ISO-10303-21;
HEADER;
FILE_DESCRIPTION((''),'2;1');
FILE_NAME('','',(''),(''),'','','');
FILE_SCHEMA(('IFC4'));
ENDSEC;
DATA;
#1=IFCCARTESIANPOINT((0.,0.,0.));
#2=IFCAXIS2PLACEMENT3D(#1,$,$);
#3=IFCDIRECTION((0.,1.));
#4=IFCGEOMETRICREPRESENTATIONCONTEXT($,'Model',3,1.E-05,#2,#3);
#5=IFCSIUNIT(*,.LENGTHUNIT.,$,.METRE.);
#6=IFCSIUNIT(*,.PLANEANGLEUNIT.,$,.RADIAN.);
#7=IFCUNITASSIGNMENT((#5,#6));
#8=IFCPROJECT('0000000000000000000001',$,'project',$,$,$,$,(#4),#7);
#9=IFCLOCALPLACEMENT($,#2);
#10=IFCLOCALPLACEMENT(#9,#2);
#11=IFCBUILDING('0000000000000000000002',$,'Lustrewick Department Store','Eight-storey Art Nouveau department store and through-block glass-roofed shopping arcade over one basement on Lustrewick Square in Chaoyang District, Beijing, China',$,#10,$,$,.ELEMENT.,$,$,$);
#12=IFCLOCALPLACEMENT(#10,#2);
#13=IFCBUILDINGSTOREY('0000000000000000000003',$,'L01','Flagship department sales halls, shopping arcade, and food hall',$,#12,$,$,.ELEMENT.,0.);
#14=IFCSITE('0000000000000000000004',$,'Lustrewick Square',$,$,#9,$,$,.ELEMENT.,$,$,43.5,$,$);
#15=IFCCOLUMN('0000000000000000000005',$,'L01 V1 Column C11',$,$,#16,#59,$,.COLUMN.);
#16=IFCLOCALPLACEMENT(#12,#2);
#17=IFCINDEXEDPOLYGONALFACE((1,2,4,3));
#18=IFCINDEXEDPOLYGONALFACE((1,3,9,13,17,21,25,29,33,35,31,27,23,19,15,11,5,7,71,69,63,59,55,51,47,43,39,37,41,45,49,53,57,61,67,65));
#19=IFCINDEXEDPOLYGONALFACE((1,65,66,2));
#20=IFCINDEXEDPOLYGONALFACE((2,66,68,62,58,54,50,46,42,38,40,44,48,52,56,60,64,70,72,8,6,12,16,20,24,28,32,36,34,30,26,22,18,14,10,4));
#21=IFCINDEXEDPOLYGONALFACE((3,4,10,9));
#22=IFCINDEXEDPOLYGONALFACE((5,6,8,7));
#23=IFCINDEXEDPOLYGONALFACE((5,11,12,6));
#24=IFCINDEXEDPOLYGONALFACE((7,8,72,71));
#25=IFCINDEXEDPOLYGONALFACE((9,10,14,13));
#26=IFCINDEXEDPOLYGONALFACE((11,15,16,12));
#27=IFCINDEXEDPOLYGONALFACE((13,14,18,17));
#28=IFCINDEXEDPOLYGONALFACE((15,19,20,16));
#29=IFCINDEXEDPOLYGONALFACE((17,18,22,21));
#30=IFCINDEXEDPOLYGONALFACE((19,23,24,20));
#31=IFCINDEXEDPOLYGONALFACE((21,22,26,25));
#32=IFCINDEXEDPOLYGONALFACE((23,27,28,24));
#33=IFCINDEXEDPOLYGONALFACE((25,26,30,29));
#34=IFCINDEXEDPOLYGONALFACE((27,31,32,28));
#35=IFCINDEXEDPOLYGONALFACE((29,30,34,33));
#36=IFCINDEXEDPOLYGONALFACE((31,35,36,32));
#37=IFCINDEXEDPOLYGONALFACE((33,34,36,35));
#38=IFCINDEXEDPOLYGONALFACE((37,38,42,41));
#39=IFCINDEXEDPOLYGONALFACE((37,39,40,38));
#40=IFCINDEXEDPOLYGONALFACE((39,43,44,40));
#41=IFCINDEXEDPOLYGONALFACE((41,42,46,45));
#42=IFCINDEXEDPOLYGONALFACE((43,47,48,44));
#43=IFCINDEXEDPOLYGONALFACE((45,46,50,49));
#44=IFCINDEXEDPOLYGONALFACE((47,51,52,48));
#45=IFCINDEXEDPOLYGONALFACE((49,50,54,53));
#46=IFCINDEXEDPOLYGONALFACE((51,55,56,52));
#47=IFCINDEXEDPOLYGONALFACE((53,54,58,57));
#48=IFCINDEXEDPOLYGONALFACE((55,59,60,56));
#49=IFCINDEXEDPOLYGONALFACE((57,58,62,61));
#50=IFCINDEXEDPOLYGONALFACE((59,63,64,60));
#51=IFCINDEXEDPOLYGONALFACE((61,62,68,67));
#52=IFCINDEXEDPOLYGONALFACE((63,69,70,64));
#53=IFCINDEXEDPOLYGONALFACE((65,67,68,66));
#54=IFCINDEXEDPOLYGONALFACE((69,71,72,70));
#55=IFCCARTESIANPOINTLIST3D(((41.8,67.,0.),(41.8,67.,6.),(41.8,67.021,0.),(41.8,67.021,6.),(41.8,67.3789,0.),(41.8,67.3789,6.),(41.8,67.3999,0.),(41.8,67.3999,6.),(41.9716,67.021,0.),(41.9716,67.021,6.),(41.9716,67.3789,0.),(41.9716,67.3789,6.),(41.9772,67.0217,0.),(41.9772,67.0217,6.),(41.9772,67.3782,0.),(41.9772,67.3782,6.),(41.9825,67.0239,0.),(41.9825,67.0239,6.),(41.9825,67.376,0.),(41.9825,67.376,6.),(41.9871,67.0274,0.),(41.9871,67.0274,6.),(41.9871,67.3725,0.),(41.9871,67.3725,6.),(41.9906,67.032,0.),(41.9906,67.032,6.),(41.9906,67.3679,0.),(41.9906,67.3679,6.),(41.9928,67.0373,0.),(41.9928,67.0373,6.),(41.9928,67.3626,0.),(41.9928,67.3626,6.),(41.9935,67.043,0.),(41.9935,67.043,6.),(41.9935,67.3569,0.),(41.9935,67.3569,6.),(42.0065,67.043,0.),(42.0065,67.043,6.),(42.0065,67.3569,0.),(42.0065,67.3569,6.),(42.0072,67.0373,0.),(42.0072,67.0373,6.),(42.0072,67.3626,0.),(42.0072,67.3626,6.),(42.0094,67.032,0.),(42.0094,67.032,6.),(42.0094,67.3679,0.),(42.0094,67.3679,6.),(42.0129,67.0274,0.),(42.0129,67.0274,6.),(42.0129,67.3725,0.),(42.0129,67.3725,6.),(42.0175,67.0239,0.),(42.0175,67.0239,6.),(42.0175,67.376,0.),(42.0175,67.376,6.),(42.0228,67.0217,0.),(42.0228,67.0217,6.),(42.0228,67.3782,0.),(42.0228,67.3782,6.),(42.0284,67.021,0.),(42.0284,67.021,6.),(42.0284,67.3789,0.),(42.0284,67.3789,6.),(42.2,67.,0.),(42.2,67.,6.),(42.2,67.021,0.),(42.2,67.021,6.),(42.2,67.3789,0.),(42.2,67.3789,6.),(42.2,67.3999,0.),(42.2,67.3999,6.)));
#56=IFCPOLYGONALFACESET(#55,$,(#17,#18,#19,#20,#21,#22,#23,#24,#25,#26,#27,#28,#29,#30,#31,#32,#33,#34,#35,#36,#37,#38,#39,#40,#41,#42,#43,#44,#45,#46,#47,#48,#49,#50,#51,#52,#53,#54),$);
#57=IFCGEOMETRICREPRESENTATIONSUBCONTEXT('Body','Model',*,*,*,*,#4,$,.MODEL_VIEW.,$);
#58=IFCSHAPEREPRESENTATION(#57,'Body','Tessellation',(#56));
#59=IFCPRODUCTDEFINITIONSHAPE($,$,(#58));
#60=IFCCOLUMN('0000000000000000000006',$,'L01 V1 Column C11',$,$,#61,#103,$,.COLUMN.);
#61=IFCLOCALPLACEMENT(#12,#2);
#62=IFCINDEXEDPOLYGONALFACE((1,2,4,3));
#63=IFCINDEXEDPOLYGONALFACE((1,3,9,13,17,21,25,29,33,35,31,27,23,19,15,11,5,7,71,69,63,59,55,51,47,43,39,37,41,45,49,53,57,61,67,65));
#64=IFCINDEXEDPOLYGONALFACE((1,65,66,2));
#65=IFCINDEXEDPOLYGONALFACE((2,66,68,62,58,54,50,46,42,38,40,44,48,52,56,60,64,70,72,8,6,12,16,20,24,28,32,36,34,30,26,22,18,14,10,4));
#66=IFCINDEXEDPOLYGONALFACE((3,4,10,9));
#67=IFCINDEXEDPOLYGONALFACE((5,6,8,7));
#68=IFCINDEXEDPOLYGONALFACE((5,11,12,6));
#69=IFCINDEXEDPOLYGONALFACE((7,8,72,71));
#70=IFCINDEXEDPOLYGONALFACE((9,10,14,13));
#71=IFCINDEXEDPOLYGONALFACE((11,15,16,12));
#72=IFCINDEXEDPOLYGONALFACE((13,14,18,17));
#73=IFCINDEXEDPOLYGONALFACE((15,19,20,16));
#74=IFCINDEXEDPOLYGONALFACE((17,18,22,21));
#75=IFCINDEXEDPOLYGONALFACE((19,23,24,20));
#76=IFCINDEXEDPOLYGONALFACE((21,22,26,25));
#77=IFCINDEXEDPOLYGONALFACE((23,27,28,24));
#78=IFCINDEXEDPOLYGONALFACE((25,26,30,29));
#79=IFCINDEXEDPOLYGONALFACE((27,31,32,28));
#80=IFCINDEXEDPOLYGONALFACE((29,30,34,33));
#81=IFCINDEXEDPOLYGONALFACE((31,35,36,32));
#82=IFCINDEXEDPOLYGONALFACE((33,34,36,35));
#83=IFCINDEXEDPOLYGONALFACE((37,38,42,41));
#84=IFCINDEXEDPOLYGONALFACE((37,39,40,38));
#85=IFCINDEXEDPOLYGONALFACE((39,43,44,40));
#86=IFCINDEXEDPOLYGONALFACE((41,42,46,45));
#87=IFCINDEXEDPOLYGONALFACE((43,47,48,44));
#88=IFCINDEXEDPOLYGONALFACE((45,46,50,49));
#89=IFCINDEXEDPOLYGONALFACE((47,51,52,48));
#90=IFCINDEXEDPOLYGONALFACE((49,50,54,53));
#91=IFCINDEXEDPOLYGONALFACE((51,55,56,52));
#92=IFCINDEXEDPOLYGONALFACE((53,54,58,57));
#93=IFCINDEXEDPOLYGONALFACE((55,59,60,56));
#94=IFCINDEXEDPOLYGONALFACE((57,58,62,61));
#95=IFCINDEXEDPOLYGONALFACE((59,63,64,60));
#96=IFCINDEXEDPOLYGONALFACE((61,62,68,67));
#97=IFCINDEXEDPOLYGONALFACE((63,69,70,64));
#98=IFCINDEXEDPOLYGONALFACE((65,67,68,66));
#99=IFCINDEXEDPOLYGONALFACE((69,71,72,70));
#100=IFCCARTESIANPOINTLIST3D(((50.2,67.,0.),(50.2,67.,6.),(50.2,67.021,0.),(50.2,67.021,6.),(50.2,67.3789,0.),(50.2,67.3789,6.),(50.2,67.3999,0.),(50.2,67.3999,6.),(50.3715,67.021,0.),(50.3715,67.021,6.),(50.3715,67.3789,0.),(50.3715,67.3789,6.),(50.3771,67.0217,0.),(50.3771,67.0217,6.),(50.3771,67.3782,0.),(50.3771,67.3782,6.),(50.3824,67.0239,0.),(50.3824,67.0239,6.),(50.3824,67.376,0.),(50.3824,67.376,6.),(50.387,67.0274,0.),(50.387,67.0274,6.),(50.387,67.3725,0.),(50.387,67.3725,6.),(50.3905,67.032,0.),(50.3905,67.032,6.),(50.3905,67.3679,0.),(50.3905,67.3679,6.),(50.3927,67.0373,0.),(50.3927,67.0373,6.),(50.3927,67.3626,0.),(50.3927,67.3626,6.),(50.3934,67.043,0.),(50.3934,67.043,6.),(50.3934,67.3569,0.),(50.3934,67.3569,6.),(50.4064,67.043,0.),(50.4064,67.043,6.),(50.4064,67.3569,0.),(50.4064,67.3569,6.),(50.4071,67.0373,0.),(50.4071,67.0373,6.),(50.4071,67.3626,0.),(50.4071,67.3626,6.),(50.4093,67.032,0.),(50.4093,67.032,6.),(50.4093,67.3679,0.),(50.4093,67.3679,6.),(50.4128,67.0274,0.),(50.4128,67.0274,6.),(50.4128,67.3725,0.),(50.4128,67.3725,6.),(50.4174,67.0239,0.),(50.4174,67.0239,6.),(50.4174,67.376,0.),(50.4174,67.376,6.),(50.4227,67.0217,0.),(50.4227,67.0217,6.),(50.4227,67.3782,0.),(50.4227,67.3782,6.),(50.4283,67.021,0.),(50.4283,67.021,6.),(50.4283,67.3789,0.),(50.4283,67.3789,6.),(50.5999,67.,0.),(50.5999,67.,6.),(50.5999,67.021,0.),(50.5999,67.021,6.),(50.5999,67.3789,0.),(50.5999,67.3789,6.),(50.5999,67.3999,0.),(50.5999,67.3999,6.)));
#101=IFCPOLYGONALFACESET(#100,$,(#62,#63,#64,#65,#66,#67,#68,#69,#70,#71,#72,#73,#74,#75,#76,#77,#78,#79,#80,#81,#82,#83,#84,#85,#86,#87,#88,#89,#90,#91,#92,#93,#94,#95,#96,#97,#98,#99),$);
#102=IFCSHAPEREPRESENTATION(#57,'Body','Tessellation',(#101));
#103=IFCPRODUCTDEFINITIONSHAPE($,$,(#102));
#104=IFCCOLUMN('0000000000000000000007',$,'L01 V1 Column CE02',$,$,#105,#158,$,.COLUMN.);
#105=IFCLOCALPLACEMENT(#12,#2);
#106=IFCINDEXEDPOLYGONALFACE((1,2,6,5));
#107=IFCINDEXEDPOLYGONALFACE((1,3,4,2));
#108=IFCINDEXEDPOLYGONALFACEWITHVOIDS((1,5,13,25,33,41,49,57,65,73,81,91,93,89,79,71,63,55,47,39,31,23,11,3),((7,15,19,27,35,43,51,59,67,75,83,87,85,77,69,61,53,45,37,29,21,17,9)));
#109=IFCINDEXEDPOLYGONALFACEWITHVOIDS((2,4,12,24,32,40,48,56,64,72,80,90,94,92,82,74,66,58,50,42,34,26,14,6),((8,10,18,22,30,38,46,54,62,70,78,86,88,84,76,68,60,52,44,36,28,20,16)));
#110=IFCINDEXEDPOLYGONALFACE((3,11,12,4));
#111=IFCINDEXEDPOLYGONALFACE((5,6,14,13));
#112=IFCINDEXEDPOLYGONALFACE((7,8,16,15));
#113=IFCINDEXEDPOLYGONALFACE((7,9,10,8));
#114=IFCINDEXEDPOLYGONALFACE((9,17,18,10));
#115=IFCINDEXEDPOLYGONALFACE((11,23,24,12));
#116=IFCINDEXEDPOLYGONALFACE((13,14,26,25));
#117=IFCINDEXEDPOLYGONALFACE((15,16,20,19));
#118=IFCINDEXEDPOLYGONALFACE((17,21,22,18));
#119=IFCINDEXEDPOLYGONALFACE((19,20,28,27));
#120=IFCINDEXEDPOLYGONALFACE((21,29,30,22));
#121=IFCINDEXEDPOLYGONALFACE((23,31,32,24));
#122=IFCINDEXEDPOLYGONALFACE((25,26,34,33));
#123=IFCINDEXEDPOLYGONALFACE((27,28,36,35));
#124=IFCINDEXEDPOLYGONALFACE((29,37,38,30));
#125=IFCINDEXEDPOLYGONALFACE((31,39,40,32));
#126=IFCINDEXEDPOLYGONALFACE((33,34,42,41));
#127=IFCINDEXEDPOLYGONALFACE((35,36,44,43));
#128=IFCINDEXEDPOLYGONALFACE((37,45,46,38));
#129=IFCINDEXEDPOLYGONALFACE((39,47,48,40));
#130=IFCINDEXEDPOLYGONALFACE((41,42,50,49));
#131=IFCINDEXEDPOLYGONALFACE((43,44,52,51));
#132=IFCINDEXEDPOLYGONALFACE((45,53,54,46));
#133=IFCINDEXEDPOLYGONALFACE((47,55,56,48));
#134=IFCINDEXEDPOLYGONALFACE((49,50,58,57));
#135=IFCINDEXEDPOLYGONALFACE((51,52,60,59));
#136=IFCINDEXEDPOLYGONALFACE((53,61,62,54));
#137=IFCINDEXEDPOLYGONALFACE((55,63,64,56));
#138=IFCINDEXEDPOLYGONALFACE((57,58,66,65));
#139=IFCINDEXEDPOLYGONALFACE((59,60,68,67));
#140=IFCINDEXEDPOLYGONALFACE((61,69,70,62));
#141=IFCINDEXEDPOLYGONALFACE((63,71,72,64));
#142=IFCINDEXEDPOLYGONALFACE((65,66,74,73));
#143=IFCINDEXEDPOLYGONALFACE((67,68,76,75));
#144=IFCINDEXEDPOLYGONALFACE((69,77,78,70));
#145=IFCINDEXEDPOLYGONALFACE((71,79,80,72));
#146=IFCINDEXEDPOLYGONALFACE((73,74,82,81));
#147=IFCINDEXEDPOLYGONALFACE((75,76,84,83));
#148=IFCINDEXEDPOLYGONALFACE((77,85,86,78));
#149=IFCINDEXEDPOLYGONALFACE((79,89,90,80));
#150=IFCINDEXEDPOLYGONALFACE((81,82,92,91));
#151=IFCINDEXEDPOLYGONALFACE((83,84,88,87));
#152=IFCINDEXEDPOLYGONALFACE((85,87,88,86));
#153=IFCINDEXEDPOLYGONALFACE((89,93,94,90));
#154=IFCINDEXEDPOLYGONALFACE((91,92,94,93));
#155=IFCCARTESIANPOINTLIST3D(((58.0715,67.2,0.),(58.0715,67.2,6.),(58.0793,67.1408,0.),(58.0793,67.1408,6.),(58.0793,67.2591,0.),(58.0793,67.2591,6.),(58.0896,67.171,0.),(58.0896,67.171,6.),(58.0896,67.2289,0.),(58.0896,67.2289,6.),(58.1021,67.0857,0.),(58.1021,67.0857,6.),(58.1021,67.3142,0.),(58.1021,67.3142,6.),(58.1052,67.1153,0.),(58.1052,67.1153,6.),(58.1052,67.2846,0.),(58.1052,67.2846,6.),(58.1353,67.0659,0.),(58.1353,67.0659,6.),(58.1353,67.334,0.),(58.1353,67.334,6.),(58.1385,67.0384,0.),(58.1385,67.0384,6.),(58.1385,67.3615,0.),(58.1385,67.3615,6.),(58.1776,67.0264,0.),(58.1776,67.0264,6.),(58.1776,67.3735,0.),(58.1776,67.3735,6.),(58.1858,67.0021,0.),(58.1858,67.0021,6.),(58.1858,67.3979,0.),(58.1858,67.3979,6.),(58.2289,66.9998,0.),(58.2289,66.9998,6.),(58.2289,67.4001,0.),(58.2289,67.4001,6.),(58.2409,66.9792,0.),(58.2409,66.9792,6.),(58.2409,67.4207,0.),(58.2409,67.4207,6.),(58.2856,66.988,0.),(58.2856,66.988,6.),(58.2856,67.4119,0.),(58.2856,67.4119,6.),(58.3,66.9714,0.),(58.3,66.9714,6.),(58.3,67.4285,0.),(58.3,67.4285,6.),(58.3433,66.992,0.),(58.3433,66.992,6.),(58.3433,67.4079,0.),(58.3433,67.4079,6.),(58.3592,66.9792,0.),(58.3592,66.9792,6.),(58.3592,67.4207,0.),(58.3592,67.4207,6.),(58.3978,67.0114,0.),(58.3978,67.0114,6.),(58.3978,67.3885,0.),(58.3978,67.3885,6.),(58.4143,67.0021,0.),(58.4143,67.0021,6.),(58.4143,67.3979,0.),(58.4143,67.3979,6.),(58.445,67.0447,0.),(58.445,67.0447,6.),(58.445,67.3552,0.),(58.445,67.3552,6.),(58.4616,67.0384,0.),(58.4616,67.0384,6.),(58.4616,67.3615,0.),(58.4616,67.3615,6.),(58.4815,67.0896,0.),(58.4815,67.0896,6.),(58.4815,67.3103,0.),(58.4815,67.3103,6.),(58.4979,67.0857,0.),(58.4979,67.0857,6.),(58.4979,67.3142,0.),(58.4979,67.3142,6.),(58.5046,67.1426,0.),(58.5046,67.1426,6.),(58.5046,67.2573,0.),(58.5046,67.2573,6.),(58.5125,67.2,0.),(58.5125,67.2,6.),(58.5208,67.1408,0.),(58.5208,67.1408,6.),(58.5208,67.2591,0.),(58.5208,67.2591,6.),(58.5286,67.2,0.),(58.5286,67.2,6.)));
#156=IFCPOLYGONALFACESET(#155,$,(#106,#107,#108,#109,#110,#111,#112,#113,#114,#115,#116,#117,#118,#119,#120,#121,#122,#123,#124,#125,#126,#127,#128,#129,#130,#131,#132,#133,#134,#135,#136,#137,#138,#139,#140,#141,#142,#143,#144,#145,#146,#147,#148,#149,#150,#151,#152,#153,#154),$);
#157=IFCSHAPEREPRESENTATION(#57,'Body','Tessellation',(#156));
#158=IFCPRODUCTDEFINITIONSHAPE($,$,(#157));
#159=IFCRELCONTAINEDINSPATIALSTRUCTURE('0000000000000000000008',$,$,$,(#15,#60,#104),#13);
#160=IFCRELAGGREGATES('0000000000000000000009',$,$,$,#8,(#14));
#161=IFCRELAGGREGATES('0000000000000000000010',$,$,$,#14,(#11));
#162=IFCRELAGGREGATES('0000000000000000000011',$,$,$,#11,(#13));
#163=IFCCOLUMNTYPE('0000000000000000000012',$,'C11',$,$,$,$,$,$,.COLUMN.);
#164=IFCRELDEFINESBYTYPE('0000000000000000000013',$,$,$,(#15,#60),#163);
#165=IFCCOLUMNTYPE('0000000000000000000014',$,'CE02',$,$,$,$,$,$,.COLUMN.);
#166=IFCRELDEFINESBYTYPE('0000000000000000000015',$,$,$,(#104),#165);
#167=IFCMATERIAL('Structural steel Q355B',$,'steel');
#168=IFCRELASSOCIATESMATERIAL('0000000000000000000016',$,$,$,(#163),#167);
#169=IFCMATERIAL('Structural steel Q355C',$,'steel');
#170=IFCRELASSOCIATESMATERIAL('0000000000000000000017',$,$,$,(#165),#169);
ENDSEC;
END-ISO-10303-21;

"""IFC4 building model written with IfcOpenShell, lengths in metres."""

from ifc_helpers import new_model, si_unit, direction, frame, origin, origin_2d, place, context, subcontext, project, spatial, hollow_circle, i_section, extrude, material, material_profile, profile_set, type_object, element, save


model = new_model("IFC4")

# Units and contexts
model_context = context("Model", 3, precision=1e-05, world=origin(), true_north=direction((0.0, 1.0)))
body_context = subcontext(model_context, "Body", "Model", "MODEL_VIEW")
ifc_project = project(units=[si_unit("LENGTHUNIT", "METRE"), si_unit("PLANEANGLEUNIT", "RADIAN")], contexts=[model_context])

# Site, building, storey
site_placement = place(None, origin())
site = spatial("IfcSite", under=ifc_project, at=site_placement, Name="Lustrewick Square", CompositionType="ELEMENT", RefElevation=43.5)
building_placement = place(site_placement, origin())
building = spatial("IfcBuilding", under=site, at=building_placement, Name="Lustrewick Department Store", Description="Eight-storey Art Nouveau department store and through-block glass-roofed shopping arcade over one basement on Lustrewick Square in Chaoyang District, Beijing, China", CompositionType="ELEMENT")
storey_placement = place(building_placement, origin())
storey = spatial("IfcBuildingStorey", under=building, at=storey_placement, Name="L01", Description="Flagship department sales halls, shopping arcade, and food hall", CompositionType="ELEMENT", Elevation=0.0)

# Columns
ifc_material_1 = material(Name="Structural steel Q355B", Category="steel")
ifc_material_profile_1 = material_profile(ifc_material_1, i_section(OverallWidth=0.3999, OverallDepth=0.3999, WebThickness=0.0129, FlangeThickness=0.021, FilletRadius=0.022, at=origin_2d()), Name="HW 400x400x13x21")
ifc_profile_set_1 = profile_set([ifc_material_profile_1], Name="Structural steel Q355B")
column_type_1 = type_object("IfcColumnType", Name="C11", PredefinedType="COLUMN", material=ifc_profile_set_1)
for number, where, z_axis, x_axis, name in (
    (1, (42.0, 67.2, 0.0), (0.0, 0.0, 1.0), (1.0, 0.0, 0.0), "L01 V1 Column C11"),
    (2, (50.3999, 67.2, 0.0), (0.0, 0.0, 1.0), (1.0, 0.0, 0.0), "L01 V1 Column C11"),
):
    element("IfcColumn", number, at=place(storey_placement, frame(where, z_axis=z_axis, x_axis=x_axis)), inside=storey, type_object=column_type_1, Name=name, PredefinedType="COLUMN", context=body_context, shape_type="SweptSolid", body=[
        extrude(i_section(OverallWidth=0.3999, OverallDepth=0.3999, WebThickness=0.0129, FlangeThickness=0.021, FilletRadius=0.022, at=origin_2d()), origin(), (0.0, 0.0, 1.0), 6.0),
    ])
ifc_material_2 = material(Name="Structural steel Q355C", Category="steel")
ifc_material_profile_2 = material_profile(ifc_material_2, hollow_circle(Radius=0.2285, WallThickness=0.0161, at=origin_2d()), Name="CHS 457x16")
ifc_profile_set_2 = profile_set([ifc_material_profile_2], Name="Structural steel Q355C")
column_type_2 = type_object("IfcColumnType", Name="CE02", PredefinedType="COLUMN", material=ifc_profile_set_2)
column_placement = place(storey_placement, frame((58.3, 67.2, 0.0), z_axis=(0.0, 0.0, 1.0), x_axis=(1.0, 0.0, 0.0)))
element("IfcColumn", 3, at=column_placement, inside=storey, type_object=column_type_2, Name="L01 V1 Column CE02", PredefinedType="COLUMN", context=body_context, shape_type="SweptSolid", body=[
    extrude(hollow_circle(Radius=0.2285, WallThickness=0.0161, at=origin_2d()), origin(), (0.0, 0.0, 1.0), 6.0),
])

save(model, "model.ifc")
